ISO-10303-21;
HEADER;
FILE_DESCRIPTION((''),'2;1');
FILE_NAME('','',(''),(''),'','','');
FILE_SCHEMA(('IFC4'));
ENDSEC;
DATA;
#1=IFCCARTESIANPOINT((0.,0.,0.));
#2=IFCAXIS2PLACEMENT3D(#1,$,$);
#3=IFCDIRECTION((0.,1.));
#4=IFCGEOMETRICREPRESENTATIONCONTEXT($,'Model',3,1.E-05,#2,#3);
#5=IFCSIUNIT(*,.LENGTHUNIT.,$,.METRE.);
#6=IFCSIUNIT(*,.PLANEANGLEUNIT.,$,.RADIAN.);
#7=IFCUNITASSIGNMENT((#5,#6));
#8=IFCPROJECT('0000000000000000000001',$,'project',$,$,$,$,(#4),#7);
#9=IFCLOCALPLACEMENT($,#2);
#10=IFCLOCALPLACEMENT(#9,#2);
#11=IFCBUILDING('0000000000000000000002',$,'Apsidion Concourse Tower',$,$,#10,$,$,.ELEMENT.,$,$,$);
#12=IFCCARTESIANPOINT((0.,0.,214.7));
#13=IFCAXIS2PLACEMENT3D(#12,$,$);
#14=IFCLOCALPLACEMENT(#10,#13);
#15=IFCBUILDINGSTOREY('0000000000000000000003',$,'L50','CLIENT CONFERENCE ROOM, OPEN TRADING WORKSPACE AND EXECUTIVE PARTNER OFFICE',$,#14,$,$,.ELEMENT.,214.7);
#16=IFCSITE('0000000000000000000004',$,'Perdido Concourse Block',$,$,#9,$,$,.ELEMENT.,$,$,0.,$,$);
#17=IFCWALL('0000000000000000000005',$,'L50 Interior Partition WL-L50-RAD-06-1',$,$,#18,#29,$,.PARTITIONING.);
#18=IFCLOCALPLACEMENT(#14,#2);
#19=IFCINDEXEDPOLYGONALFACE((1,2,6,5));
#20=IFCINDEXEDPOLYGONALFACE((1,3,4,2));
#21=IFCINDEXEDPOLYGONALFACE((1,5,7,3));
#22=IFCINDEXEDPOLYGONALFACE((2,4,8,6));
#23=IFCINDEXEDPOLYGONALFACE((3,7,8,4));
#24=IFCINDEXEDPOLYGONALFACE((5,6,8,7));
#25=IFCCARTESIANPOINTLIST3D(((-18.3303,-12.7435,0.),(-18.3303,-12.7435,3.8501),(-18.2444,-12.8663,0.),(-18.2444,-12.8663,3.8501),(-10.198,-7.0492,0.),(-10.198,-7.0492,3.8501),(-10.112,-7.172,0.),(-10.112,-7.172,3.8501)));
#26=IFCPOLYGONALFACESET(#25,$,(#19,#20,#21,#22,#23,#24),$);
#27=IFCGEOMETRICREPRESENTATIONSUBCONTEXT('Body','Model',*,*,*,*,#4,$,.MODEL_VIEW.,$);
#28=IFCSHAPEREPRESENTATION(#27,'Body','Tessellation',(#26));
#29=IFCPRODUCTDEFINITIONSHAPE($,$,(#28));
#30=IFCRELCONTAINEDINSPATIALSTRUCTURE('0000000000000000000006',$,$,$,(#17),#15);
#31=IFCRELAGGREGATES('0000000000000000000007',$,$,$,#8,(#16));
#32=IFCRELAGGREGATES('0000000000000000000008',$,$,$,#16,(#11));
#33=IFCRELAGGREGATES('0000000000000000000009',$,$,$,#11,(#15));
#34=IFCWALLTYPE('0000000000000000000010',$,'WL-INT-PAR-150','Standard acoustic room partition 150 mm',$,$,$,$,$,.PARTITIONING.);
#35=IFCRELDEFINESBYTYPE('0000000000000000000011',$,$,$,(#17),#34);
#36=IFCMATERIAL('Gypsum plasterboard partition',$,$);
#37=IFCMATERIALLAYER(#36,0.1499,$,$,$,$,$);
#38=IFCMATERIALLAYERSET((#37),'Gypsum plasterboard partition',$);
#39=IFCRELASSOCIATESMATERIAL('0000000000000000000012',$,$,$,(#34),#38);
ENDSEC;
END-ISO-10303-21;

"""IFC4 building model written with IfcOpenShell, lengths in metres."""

from ifc_helpers import new_model, si_unit, direction, frame, frame_2d, origin, place, context, subcontext, project, spatial, rectangle, extrude, material, layer, layer_set, type_object, element, save


model = new_model("IFC4")

# Units and contexts
model_context = context("Model", 3, precision=1e-05, world=origin(), true_north=direction((0.0, 1.0)))
body_context = subcontext(model_context, "Body", "Model", "MODEL_VIEW")
ifc_project = project(units=[si_unit("LENGTHUNIT", "METRE"), si_unit("PLANEANGLEUNIT", "RADIAN")], contexts=[model_context])

# Site, building, storey
site_placement = place(None, origin())
site = spatial("IfcSite", under=ifc_project, at=site_placement, Name="Perdido Concourse Block", CompositionType="ELEMENT", RefElevation=0.0)
building_placement = place(site_placement, origin())
building = spatial("IfcBuilding", under=site, at=building_placement, Name="Apsidion Concourse Tower", CompositionType="ELEMENT")
storey_placement = place(building_placement, frame((0.0, 0.0, 214.7)))
storey = spatial("IfcBuildingStorey", under=building, at=storey_placement, Name="L50", Description="CLIENT CONFERENCE ROOM, OPEN TRADING WORKSPACE AND EXECUTIVE PARTNER OFFICE", CompositionType="ELEMENT", Elevation=214.7)

# Wall
ifc_material_1 = material(Name="Gypsum plasterboard partition")
ifc_layer = layer(ifc_material_1, 0.1499)
ifc_layer_set = layer_set([ifc_layer], Name="Gypsum plasterboard partition")
wall_type = type_object("IfcWallType", Name="WL-INT-PAR-150", Description="Standard acoustic room partition 150 mm", PredefinedType="PARTITIONING", material=ifc_layer_set)
wall_1_placement = place(storey_placement, frame((-10.155, -7.1106, 0.0), z_axis=(0.0, 0.0, 1.0), x_axis=(-0.819151, -0.573578, 0.0)))
element("IfcWall", 1, at=wall_1_placement, inside=storey, type_object=wall_type, Name="L50 Interior Partition WL-L50-RAD-06-1", PredefinedType="PARTITIONING", context=body_context, shape_type="SweptSolid", body=[
    extrude(rectangle(XDim=9.9277, YDim=0.1499, at=frame_2d((4.9639, 0.0))), origin(), (0.0, 0.0, 1.0), 3.8501),
])

save(model, "model.ifc")
